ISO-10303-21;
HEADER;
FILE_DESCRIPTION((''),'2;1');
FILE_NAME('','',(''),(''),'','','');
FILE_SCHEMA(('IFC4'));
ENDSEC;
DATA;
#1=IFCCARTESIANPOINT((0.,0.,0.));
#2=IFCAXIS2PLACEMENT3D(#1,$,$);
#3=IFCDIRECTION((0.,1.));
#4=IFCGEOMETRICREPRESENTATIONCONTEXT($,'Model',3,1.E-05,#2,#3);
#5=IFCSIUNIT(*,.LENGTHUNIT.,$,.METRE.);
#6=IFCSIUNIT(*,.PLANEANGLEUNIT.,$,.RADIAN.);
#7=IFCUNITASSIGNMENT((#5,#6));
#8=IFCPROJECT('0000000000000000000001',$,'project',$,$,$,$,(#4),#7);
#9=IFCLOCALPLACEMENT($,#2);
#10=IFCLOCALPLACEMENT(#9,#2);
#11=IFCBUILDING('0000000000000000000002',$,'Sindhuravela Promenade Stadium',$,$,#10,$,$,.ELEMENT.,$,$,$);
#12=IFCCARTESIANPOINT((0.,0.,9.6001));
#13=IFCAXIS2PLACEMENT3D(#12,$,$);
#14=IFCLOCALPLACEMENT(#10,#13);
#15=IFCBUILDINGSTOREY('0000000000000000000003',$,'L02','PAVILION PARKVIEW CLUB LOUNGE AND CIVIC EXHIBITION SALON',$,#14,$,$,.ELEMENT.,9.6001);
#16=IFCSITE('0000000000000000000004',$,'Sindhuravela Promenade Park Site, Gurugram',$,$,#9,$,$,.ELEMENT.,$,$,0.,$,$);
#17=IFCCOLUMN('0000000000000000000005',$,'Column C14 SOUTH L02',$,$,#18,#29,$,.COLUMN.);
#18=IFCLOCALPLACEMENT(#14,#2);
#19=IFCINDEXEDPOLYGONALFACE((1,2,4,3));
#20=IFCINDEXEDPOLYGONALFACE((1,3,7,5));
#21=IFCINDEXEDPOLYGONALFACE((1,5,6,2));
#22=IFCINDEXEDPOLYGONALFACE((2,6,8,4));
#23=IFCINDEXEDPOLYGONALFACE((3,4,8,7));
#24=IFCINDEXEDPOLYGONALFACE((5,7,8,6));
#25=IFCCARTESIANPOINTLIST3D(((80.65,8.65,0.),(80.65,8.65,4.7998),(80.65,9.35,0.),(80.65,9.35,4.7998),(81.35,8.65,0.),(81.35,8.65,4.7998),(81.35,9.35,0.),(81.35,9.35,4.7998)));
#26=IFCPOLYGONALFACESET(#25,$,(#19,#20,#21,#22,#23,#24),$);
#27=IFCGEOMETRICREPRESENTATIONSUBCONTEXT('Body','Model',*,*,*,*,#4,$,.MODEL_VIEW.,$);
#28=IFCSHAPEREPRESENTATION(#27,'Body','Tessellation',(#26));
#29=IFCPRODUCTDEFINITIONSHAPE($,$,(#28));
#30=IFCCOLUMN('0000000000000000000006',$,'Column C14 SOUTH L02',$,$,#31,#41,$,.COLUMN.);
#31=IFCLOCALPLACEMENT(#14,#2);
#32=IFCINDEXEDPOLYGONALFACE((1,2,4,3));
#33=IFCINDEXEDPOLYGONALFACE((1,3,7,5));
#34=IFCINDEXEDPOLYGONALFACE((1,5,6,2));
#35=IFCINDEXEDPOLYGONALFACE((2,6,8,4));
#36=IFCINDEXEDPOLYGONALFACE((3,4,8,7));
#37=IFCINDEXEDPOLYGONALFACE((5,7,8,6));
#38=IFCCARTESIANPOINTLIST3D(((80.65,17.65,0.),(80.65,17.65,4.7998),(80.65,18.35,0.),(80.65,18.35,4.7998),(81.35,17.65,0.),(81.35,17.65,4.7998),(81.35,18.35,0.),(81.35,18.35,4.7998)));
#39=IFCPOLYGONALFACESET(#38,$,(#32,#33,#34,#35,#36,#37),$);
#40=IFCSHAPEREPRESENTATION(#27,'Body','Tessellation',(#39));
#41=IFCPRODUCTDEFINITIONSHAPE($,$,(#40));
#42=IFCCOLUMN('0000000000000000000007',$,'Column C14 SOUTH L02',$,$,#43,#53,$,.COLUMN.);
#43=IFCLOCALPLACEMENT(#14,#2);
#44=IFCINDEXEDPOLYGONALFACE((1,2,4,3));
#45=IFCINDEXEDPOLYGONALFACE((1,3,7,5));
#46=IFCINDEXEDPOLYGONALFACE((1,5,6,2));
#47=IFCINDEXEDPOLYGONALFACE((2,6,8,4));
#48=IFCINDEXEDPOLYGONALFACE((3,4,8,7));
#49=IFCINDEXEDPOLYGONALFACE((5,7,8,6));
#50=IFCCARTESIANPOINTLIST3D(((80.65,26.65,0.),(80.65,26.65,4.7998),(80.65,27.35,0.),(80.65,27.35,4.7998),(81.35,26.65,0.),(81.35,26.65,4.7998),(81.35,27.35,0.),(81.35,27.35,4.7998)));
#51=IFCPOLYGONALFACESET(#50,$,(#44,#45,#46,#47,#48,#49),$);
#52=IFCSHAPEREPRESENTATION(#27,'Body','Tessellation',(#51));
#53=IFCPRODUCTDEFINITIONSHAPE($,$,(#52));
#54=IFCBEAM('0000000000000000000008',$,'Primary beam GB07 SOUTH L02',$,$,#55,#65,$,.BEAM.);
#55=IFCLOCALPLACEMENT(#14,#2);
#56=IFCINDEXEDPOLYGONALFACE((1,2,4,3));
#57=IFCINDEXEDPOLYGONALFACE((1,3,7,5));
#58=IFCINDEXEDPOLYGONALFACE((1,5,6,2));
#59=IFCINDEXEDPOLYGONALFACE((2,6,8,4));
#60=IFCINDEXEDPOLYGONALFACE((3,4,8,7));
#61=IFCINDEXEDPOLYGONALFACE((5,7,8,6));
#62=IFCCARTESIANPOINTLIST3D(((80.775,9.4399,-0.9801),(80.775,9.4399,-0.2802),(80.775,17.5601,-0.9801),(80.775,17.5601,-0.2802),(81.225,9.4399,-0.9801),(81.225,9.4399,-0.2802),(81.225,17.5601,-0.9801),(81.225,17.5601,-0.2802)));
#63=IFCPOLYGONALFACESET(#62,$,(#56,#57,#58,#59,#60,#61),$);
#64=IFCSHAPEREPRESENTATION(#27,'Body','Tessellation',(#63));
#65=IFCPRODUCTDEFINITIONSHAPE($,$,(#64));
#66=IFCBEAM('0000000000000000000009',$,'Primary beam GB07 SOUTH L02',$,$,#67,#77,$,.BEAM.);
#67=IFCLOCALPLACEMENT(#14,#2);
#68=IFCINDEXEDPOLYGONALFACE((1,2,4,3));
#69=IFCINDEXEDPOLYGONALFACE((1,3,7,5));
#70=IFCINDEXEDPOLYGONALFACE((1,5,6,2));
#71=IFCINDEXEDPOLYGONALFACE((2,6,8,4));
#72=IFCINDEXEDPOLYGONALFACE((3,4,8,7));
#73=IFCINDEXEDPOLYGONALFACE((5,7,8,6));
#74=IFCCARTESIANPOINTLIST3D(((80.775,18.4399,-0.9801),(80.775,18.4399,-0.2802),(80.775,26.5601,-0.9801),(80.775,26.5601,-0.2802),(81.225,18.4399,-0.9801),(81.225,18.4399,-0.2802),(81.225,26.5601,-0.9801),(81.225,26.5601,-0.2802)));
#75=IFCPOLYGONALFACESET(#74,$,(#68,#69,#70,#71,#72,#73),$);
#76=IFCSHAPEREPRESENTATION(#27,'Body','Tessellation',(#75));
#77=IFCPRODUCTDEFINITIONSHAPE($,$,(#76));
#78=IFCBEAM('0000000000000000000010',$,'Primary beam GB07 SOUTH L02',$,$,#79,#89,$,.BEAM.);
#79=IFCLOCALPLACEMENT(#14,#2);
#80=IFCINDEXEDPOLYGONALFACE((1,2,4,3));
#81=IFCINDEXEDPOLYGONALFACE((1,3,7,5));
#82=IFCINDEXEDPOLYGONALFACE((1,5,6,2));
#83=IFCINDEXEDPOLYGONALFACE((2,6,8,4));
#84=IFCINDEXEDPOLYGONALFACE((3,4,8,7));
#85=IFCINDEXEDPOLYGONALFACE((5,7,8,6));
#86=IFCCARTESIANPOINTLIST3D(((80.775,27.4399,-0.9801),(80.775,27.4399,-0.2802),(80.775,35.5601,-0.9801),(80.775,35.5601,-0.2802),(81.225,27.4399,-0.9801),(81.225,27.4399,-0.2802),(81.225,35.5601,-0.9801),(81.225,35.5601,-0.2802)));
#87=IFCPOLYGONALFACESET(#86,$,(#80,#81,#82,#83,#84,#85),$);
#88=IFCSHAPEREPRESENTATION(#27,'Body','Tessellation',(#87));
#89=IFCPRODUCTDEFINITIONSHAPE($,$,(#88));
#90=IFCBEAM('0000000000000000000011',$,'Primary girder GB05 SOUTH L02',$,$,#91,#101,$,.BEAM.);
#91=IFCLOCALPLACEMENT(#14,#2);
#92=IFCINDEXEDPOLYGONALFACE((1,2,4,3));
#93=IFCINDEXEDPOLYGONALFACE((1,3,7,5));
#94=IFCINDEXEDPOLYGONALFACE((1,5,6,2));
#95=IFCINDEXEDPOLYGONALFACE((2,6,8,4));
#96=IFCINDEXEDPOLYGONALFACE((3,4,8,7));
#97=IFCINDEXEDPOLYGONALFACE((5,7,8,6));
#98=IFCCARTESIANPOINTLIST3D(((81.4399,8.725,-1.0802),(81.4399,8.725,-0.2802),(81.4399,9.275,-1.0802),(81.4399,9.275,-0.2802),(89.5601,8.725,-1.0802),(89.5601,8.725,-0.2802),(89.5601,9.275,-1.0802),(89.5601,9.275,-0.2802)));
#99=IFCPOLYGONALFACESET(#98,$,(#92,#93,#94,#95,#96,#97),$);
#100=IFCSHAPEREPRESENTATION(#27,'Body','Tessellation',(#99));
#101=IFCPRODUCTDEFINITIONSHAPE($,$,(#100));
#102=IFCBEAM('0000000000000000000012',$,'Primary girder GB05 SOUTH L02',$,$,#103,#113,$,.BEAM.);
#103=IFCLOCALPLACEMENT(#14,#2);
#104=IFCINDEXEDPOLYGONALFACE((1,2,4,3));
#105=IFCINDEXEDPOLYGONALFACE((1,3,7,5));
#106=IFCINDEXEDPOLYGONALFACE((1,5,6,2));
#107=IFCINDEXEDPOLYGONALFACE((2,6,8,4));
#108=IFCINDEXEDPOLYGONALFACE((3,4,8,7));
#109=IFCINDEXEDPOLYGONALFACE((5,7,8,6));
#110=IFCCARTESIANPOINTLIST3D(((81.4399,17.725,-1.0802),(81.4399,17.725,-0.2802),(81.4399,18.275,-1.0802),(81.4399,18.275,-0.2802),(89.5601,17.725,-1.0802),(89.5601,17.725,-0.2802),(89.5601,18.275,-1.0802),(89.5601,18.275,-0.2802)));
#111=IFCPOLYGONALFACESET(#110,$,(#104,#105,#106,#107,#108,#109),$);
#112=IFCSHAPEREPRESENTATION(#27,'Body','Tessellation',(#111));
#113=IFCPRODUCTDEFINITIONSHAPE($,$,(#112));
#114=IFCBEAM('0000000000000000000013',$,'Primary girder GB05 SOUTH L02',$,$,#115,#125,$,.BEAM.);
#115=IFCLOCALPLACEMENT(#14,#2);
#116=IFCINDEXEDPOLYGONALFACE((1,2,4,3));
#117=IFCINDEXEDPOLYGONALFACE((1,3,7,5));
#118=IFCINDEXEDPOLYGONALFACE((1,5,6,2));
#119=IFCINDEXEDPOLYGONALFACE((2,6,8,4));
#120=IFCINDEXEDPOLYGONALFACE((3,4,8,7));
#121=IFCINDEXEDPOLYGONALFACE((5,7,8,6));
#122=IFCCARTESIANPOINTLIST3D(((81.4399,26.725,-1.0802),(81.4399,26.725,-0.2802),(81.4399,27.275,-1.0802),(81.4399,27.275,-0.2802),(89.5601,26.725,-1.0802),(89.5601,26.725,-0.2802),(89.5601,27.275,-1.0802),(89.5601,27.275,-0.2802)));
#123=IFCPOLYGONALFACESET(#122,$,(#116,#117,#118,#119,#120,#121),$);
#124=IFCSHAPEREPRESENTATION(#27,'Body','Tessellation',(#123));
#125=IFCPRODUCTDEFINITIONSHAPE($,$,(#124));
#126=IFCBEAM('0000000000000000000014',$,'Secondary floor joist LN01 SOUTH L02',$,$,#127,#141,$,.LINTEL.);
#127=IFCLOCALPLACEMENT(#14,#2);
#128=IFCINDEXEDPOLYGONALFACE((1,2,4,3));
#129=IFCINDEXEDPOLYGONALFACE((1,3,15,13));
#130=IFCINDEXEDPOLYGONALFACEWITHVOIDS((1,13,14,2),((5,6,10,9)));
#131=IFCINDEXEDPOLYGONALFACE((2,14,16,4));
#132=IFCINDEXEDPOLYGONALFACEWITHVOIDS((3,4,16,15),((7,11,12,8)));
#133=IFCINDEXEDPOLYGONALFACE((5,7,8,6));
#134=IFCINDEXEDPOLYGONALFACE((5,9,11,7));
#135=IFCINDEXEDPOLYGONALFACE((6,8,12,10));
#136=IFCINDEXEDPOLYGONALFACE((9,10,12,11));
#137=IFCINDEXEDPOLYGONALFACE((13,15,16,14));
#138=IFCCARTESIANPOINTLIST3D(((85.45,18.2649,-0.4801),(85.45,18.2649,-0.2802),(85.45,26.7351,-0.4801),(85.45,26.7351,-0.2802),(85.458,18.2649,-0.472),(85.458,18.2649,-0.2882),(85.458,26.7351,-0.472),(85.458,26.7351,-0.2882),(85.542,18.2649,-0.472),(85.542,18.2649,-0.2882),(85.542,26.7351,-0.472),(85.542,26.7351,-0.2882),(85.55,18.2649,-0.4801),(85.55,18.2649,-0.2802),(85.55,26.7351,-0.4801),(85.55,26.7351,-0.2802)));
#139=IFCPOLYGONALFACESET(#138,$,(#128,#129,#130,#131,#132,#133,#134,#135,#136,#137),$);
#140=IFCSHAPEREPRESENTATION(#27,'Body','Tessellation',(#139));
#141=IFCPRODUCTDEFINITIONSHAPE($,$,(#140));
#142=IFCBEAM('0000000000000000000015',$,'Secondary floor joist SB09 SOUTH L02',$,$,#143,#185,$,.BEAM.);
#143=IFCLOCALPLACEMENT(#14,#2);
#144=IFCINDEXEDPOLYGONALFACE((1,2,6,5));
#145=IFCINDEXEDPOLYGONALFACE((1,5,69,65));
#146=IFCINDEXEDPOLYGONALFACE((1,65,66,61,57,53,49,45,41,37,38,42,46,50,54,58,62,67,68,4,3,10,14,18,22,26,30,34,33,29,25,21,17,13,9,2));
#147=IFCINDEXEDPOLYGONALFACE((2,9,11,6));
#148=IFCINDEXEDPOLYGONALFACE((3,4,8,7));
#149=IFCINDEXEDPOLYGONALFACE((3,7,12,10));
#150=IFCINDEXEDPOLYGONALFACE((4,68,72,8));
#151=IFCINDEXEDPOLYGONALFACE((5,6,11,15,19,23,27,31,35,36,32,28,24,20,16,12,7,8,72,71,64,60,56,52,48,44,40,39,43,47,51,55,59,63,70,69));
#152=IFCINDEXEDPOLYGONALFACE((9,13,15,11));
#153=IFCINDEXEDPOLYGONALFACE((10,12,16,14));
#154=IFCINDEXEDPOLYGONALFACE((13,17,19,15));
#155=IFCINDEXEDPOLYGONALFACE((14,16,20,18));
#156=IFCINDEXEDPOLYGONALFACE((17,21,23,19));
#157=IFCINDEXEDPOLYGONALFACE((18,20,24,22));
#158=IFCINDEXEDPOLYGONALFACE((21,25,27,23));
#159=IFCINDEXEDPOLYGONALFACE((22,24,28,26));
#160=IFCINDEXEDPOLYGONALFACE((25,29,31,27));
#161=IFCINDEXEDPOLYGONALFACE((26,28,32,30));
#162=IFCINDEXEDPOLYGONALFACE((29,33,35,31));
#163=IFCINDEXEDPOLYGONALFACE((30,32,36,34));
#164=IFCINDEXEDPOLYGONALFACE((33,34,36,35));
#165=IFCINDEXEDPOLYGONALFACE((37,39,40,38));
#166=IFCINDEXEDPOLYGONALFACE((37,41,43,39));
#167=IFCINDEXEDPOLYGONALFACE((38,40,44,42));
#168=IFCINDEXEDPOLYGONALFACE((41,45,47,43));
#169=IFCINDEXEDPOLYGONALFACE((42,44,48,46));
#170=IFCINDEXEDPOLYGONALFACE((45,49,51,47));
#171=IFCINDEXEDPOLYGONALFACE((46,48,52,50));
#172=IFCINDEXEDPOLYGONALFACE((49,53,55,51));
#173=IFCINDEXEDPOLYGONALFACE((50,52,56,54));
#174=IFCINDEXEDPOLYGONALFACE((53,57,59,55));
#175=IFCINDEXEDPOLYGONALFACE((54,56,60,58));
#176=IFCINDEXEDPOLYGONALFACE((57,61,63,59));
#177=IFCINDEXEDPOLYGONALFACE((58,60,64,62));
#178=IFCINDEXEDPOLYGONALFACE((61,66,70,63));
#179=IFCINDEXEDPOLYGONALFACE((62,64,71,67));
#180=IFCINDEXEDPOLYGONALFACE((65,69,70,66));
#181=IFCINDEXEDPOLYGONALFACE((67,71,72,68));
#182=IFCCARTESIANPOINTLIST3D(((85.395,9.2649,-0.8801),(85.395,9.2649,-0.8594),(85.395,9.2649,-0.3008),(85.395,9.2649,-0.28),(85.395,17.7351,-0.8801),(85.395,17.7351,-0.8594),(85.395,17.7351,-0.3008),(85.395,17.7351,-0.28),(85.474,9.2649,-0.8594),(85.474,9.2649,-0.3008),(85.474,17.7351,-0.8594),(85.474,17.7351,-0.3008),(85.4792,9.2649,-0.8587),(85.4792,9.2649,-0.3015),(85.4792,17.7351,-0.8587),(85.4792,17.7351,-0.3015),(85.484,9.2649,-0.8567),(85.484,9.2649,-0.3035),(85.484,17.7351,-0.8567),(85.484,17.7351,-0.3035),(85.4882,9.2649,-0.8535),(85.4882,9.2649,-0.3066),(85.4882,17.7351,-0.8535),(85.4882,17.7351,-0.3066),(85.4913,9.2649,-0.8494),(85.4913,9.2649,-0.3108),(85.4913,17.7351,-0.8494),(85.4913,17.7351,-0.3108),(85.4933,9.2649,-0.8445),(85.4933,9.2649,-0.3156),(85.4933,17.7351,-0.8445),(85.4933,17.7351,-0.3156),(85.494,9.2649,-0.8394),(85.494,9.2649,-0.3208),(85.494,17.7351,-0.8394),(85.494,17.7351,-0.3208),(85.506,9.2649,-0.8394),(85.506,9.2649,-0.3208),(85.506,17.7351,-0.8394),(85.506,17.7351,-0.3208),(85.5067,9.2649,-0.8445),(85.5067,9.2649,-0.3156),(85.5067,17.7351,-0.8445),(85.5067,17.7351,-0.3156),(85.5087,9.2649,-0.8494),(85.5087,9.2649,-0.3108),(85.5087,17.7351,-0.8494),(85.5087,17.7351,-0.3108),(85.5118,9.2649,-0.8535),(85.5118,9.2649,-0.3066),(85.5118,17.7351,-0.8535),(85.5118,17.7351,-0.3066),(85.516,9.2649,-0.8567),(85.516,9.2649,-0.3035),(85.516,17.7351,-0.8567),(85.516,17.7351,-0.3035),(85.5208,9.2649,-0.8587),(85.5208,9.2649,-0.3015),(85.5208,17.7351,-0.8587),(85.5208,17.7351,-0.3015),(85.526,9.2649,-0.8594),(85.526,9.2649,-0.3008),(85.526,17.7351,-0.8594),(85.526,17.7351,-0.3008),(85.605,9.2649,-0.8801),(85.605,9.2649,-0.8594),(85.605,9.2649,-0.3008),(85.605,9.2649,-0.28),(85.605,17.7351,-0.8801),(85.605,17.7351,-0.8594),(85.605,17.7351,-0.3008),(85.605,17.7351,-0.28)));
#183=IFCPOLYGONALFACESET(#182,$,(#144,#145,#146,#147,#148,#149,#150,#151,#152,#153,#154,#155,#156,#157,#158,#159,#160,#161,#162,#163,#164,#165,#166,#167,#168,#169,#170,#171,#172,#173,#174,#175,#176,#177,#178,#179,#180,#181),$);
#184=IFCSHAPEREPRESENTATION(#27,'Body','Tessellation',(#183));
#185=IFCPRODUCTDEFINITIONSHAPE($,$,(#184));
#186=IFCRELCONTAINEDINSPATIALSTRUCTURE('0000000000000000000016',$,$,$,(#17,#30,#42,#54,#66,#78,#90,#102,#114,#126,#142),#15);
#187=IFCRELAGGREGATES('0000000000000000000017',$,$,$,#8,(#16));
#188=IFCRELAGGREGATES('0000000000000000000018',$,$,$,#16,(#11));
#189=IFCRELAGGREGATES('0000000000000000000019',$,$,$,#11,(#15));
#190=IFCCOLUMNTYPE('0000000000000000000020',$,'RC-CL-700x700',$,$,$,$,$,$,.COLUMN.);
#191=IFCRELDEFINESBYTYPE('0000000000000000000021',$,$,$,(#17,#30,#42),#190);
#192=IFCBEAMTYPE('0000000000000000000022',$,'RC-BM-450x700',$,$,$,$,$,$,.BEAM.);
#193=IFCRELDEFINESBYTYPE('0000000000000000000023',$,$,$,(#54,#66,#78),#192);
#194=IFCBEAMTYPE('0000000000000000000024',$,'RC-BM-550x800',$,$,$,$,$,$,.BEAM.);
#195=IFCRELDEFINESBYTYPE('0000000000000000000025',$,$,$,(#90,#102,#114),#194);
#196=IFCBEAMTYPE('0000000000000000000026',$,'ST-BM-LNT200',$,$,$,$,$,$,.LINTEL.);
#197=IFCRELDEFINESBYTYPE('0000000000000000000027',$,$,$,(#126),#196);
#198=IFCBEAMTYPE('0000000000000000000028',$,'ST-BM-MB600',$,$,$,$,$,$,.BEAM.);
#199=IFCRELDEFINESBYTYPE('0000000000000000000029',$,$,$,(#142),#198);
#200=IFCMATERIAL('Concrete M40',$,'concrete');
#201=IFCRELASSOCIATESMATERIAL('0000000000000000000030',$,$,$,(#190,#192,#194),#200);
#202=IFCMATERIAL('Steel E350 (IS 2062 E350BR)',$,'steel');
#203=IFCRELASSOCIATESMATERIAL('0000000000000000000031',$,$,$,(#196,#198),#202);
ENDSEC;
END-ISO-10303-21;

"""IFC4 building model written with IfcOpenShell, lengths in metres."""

from ifc_helpers import new_model, si_unit, direction, frame, origin, origin_2d, place, context, subcontext, project, spatial, rectangle, hollow_rectangle, i_section, extrude, material, material_profile, profile_set, type_object, element, save


model = new_model("IFC4")

# Units and contexts
model_context = context("Model", 3, precision=1e-05, world=origin(), true_north=direction((0.0, 1.0)))
body_context = subcontext(model_context, "Body", "Model", "MODEL_VIEW")
ifc_project = project(units=[si_unit("LENGTHUNIT", "METRE"), si_unit("PLANEANGLEUNIT", "RADIAN")], contexts=[model_context])

# Site, building, storey
site_placement = place(None, origin())
site = spatial("IfcSite", under=ifc_project, at=site_placement, Name="Sindhuravela Promenade Park Site, Gurugram", CompositionType="ELEMENT", RefElevation=0.0)
building_placement = place(site_placement, origin())
building = spatial("IfcBuilding", under=site, at=building_placement, Name="Sindhuravela Promenade Stadium", CompositionType="ELEMENT")
storey_placement = place(building_placement, frame((0.0, 0.0, 9.6001)))
storey = spatial("IfcBuildingStorey", under=building, at=storey_placement, Name="L02", Description="PAVILION PARKVIEW CLUB LOUNGE AND CIVIC EXHIBITION SALON", CompositionType="ELEMENT", Elevation=9.6001)

# Columns
ifc_material_1 = material(Name="Concrete M40", Category="concrete")
ifc_material_profile_1 = material_profile(ifc_material_1, rectangle(XDim=0.7, YDim=0.7, at=origin_2d()), Name="RC 700x700")
ifc_profile_set_1 = profile_set([ifc_material_profile_1], Name="Concrete M40")
column_type = type_object("IfcColumnType", Name="RC-CL-700x700", PredefinedType="COLUMN", material=ifc_profile_set_1)
for number, where, z_axis, x_axis, name in (
    (1, (81.0, 9.0, 0.0), (0.0, 0.0, 1.0), (1.0, 0.0, 0.0), "Column C14 SOUTH L02"),
    (2, (81.0, 18.0, 0.0), (0.0, 0.0, 1.0), (1.0, 0.0, 0.0), "Column C14 SOUTH L02"),
    (3, (81.0, 27.0, 0.0), (0.0, 0.0, 1.0), (1.0, 0.0, 0.0), "Column C14 SOUTH L02"),
):
    element("IfcColumn", number, at=place(storey_placement, frame(where, z_axis=z_axis, x_axis=x_axis)), inside=storey, type_object=column_type, Name=name, PredefinedType="COLUMN", context=body_context, shape_type="SweptSolid", body=[
        extrude(rectangle(XDim=0.7, YDim=0.7, at=origin_2d()), origin(), (0.0, 0.0, 1.0), 4.7998),
    ])

# Beams
ifc_material_profile_2 = material_profile(ifc_material_1, rectangle(XDim=0.45, YDim=0.7, at=origin_2d()), Name="RC 450x700")
ifc_profile_set_2 = profile_set([ifc_material_profile_2], Name="Concrete M40")
beam_type_1 = type_object("IfcBeamType", Name="RC-BM-450x700", PredefinedType="BEAM", material=ifc_profile_set_2)
for number, where, z_axis, x_axis, name in (
    (4, (81.0, 9.4399, -0.6301), (0.0, 1.0, 0.0), (-1.0, 0.0, 0.0), "Primary beam GB07 SOUTH L02"),
    (5, (81.0, 18.4399, -0.6301), (0.0, 1.0, 0.0), (-1.0, 0.0, 0.0), "Primary beam GB07 SOUTH L02"),
    (6, (81.0, 27.4399, -0.6301), (0.0, 1.0, 0.0), (-1.0, 0.0, 0.0), "Primary beam GB07 SOUTH L02"),
):
    element("IfcBeam", number, at=place(storey_placement, frame(where, z_axis=z_axis, x_axis=x_axis)), inside=storey, type_object=beam_type_1, Name=name, PredefinedType="BEAM", context=body_context, shape_type="SweptSolid", body=[
        extrude(rectangle(XDim=0.45, YDim=0.7, at=origin_2d()), origin(), (0.0, 0.0, 1.0), 8.1201),
    ])
ifc_material_profile_3 = material_profile(ifc_material_1, rectangle(XDim=0.55, YDim=0.8, at=origin_2d()), Name="RC 550x800")
ifc_profile_set_3 = profile_set([ifc_material_profile_3], Name="Concrete M40")
beam_type_2 = type_object("IfcBeamType", Name="RC-BM-550x800", PredefinedType="BEAM", material=ifc_profile_set_3)
for number, where, z_axis, x_axis, name in (
    (7, (81.4399, 9.0, -0.6802), (1.0, 0.0, 0.0), (0.0, 1.0, 0.0), "Primary girder GB05 SOUTH L02"),
    (8, (81.4399, 18.0, -0.6802), (1.0, 0.0, 0.0), (0.0, 1.0, 0.0), "Primary girder GB05 SOUTH L02"),
    (9, (81.4399, 27.0, -0.6802), (1.0, 0.0, 0.0), (0.0, 1.0, 0.0), "Primary girder GB05 SOUTH L02"),
):
    element("IfcBeam", number, at=place(storey_placement, frame(where, z_axis=z_axis, x_axis=x_axis)), inside=storey, type_object=beam_type_2, Name=name, PredefinedType="BEAM", context=body_context, shape_type="SweptSolid", body=[
        extrude(rectangle(XDim=0.55, YDim=0.8, at=origin_2d()), origin(), (0.0, 0.0, 1.0), 8.1201),
    ])
ifc_material_2 = material(Name="Steel E350 (IS 2062 E350BR)", Category="steel")
ifc_material_profile_4 = material_profile(ifc_material_2, hollow_rectangle(XDim=0.1001, YDim=0.2, WallThickness=0.0081, at=origin_2d()), Name="RHS 200x100x8")
ifc_profile_set_4 = profile_set([ifc_material_profile_4], Name="Steel E350 (IS 2062 E350BR)")
beam_type_3 = type_object("IfcBeamType", Name="ST-BM-LNT200", PredefinedType="LINTEL", material=ifc_profile_set_4)
beam_1_placement = place(storey_placement, frame((85.5, 18.2649, -0.3801), z_axis=(0.0, 1.0, 0.0), x_axis=(-1.0, 0.0, 0.0)))
element("IfcBeam", 10, at=beam_1_placement, inside=storey, type_object=beam_type_3, Name="Secondary floor joist LN01 SOUTH L02", PredefinedType="LINTEL", context=body_context, shape_type="SweptSolid", body=[
    extrude(hollow_rectangle(XDim=0.1001, YDim=0.2, WallThickness=0.0081, at=origin_2d()), origin(), (0.0, 0.0, 1.0), 8.4702),
])
ifc_material_profile_5 = material_profile(ifc_material_2, i_section(OverallWidth=0.21, OverallDepth=0.6001, WebThickness=0.012, FlangeThickness=0.0208, FilletRadius=0.02, at=origin_2d()), Name="ISMB 600")
ifc_profile_set_5 = profile_set([ifc_material_profile_5], Name="Steel E350 (IS 2062 E350BR)")
beam_type_4 = type_object("IfcBeamType", Name="ST-BM-MB600", PredefinedType="BEAM", material=ifc_profile_set_5)
beam_2_placement = place(storey_placement, frame((85.5, 9.2649, -0.5801), z_axis=(0.0, 1.0, 0.0), x_axis=(-1.0, 0.0, 0.0)))
element("IfcBeam", 11, at=beam_2_placement, inside=storey, type_object=beam_type_4, Name="Secondary floor joist SB09 SOUTH L02", PredefinedType="BEAM", context=body_context, shape_type="SweptSolid", body=[
    extrude(i_section(OverallWidth=0.21, OverallDepth=0.6001, WebThickness=0.012, FlangeThickness=0.0208, FilletRadius=0.02, at=origin_2d()), origin(), (0.0, 0.0, 1.0), 8.4702),
])

save(model, "model.ifc")
